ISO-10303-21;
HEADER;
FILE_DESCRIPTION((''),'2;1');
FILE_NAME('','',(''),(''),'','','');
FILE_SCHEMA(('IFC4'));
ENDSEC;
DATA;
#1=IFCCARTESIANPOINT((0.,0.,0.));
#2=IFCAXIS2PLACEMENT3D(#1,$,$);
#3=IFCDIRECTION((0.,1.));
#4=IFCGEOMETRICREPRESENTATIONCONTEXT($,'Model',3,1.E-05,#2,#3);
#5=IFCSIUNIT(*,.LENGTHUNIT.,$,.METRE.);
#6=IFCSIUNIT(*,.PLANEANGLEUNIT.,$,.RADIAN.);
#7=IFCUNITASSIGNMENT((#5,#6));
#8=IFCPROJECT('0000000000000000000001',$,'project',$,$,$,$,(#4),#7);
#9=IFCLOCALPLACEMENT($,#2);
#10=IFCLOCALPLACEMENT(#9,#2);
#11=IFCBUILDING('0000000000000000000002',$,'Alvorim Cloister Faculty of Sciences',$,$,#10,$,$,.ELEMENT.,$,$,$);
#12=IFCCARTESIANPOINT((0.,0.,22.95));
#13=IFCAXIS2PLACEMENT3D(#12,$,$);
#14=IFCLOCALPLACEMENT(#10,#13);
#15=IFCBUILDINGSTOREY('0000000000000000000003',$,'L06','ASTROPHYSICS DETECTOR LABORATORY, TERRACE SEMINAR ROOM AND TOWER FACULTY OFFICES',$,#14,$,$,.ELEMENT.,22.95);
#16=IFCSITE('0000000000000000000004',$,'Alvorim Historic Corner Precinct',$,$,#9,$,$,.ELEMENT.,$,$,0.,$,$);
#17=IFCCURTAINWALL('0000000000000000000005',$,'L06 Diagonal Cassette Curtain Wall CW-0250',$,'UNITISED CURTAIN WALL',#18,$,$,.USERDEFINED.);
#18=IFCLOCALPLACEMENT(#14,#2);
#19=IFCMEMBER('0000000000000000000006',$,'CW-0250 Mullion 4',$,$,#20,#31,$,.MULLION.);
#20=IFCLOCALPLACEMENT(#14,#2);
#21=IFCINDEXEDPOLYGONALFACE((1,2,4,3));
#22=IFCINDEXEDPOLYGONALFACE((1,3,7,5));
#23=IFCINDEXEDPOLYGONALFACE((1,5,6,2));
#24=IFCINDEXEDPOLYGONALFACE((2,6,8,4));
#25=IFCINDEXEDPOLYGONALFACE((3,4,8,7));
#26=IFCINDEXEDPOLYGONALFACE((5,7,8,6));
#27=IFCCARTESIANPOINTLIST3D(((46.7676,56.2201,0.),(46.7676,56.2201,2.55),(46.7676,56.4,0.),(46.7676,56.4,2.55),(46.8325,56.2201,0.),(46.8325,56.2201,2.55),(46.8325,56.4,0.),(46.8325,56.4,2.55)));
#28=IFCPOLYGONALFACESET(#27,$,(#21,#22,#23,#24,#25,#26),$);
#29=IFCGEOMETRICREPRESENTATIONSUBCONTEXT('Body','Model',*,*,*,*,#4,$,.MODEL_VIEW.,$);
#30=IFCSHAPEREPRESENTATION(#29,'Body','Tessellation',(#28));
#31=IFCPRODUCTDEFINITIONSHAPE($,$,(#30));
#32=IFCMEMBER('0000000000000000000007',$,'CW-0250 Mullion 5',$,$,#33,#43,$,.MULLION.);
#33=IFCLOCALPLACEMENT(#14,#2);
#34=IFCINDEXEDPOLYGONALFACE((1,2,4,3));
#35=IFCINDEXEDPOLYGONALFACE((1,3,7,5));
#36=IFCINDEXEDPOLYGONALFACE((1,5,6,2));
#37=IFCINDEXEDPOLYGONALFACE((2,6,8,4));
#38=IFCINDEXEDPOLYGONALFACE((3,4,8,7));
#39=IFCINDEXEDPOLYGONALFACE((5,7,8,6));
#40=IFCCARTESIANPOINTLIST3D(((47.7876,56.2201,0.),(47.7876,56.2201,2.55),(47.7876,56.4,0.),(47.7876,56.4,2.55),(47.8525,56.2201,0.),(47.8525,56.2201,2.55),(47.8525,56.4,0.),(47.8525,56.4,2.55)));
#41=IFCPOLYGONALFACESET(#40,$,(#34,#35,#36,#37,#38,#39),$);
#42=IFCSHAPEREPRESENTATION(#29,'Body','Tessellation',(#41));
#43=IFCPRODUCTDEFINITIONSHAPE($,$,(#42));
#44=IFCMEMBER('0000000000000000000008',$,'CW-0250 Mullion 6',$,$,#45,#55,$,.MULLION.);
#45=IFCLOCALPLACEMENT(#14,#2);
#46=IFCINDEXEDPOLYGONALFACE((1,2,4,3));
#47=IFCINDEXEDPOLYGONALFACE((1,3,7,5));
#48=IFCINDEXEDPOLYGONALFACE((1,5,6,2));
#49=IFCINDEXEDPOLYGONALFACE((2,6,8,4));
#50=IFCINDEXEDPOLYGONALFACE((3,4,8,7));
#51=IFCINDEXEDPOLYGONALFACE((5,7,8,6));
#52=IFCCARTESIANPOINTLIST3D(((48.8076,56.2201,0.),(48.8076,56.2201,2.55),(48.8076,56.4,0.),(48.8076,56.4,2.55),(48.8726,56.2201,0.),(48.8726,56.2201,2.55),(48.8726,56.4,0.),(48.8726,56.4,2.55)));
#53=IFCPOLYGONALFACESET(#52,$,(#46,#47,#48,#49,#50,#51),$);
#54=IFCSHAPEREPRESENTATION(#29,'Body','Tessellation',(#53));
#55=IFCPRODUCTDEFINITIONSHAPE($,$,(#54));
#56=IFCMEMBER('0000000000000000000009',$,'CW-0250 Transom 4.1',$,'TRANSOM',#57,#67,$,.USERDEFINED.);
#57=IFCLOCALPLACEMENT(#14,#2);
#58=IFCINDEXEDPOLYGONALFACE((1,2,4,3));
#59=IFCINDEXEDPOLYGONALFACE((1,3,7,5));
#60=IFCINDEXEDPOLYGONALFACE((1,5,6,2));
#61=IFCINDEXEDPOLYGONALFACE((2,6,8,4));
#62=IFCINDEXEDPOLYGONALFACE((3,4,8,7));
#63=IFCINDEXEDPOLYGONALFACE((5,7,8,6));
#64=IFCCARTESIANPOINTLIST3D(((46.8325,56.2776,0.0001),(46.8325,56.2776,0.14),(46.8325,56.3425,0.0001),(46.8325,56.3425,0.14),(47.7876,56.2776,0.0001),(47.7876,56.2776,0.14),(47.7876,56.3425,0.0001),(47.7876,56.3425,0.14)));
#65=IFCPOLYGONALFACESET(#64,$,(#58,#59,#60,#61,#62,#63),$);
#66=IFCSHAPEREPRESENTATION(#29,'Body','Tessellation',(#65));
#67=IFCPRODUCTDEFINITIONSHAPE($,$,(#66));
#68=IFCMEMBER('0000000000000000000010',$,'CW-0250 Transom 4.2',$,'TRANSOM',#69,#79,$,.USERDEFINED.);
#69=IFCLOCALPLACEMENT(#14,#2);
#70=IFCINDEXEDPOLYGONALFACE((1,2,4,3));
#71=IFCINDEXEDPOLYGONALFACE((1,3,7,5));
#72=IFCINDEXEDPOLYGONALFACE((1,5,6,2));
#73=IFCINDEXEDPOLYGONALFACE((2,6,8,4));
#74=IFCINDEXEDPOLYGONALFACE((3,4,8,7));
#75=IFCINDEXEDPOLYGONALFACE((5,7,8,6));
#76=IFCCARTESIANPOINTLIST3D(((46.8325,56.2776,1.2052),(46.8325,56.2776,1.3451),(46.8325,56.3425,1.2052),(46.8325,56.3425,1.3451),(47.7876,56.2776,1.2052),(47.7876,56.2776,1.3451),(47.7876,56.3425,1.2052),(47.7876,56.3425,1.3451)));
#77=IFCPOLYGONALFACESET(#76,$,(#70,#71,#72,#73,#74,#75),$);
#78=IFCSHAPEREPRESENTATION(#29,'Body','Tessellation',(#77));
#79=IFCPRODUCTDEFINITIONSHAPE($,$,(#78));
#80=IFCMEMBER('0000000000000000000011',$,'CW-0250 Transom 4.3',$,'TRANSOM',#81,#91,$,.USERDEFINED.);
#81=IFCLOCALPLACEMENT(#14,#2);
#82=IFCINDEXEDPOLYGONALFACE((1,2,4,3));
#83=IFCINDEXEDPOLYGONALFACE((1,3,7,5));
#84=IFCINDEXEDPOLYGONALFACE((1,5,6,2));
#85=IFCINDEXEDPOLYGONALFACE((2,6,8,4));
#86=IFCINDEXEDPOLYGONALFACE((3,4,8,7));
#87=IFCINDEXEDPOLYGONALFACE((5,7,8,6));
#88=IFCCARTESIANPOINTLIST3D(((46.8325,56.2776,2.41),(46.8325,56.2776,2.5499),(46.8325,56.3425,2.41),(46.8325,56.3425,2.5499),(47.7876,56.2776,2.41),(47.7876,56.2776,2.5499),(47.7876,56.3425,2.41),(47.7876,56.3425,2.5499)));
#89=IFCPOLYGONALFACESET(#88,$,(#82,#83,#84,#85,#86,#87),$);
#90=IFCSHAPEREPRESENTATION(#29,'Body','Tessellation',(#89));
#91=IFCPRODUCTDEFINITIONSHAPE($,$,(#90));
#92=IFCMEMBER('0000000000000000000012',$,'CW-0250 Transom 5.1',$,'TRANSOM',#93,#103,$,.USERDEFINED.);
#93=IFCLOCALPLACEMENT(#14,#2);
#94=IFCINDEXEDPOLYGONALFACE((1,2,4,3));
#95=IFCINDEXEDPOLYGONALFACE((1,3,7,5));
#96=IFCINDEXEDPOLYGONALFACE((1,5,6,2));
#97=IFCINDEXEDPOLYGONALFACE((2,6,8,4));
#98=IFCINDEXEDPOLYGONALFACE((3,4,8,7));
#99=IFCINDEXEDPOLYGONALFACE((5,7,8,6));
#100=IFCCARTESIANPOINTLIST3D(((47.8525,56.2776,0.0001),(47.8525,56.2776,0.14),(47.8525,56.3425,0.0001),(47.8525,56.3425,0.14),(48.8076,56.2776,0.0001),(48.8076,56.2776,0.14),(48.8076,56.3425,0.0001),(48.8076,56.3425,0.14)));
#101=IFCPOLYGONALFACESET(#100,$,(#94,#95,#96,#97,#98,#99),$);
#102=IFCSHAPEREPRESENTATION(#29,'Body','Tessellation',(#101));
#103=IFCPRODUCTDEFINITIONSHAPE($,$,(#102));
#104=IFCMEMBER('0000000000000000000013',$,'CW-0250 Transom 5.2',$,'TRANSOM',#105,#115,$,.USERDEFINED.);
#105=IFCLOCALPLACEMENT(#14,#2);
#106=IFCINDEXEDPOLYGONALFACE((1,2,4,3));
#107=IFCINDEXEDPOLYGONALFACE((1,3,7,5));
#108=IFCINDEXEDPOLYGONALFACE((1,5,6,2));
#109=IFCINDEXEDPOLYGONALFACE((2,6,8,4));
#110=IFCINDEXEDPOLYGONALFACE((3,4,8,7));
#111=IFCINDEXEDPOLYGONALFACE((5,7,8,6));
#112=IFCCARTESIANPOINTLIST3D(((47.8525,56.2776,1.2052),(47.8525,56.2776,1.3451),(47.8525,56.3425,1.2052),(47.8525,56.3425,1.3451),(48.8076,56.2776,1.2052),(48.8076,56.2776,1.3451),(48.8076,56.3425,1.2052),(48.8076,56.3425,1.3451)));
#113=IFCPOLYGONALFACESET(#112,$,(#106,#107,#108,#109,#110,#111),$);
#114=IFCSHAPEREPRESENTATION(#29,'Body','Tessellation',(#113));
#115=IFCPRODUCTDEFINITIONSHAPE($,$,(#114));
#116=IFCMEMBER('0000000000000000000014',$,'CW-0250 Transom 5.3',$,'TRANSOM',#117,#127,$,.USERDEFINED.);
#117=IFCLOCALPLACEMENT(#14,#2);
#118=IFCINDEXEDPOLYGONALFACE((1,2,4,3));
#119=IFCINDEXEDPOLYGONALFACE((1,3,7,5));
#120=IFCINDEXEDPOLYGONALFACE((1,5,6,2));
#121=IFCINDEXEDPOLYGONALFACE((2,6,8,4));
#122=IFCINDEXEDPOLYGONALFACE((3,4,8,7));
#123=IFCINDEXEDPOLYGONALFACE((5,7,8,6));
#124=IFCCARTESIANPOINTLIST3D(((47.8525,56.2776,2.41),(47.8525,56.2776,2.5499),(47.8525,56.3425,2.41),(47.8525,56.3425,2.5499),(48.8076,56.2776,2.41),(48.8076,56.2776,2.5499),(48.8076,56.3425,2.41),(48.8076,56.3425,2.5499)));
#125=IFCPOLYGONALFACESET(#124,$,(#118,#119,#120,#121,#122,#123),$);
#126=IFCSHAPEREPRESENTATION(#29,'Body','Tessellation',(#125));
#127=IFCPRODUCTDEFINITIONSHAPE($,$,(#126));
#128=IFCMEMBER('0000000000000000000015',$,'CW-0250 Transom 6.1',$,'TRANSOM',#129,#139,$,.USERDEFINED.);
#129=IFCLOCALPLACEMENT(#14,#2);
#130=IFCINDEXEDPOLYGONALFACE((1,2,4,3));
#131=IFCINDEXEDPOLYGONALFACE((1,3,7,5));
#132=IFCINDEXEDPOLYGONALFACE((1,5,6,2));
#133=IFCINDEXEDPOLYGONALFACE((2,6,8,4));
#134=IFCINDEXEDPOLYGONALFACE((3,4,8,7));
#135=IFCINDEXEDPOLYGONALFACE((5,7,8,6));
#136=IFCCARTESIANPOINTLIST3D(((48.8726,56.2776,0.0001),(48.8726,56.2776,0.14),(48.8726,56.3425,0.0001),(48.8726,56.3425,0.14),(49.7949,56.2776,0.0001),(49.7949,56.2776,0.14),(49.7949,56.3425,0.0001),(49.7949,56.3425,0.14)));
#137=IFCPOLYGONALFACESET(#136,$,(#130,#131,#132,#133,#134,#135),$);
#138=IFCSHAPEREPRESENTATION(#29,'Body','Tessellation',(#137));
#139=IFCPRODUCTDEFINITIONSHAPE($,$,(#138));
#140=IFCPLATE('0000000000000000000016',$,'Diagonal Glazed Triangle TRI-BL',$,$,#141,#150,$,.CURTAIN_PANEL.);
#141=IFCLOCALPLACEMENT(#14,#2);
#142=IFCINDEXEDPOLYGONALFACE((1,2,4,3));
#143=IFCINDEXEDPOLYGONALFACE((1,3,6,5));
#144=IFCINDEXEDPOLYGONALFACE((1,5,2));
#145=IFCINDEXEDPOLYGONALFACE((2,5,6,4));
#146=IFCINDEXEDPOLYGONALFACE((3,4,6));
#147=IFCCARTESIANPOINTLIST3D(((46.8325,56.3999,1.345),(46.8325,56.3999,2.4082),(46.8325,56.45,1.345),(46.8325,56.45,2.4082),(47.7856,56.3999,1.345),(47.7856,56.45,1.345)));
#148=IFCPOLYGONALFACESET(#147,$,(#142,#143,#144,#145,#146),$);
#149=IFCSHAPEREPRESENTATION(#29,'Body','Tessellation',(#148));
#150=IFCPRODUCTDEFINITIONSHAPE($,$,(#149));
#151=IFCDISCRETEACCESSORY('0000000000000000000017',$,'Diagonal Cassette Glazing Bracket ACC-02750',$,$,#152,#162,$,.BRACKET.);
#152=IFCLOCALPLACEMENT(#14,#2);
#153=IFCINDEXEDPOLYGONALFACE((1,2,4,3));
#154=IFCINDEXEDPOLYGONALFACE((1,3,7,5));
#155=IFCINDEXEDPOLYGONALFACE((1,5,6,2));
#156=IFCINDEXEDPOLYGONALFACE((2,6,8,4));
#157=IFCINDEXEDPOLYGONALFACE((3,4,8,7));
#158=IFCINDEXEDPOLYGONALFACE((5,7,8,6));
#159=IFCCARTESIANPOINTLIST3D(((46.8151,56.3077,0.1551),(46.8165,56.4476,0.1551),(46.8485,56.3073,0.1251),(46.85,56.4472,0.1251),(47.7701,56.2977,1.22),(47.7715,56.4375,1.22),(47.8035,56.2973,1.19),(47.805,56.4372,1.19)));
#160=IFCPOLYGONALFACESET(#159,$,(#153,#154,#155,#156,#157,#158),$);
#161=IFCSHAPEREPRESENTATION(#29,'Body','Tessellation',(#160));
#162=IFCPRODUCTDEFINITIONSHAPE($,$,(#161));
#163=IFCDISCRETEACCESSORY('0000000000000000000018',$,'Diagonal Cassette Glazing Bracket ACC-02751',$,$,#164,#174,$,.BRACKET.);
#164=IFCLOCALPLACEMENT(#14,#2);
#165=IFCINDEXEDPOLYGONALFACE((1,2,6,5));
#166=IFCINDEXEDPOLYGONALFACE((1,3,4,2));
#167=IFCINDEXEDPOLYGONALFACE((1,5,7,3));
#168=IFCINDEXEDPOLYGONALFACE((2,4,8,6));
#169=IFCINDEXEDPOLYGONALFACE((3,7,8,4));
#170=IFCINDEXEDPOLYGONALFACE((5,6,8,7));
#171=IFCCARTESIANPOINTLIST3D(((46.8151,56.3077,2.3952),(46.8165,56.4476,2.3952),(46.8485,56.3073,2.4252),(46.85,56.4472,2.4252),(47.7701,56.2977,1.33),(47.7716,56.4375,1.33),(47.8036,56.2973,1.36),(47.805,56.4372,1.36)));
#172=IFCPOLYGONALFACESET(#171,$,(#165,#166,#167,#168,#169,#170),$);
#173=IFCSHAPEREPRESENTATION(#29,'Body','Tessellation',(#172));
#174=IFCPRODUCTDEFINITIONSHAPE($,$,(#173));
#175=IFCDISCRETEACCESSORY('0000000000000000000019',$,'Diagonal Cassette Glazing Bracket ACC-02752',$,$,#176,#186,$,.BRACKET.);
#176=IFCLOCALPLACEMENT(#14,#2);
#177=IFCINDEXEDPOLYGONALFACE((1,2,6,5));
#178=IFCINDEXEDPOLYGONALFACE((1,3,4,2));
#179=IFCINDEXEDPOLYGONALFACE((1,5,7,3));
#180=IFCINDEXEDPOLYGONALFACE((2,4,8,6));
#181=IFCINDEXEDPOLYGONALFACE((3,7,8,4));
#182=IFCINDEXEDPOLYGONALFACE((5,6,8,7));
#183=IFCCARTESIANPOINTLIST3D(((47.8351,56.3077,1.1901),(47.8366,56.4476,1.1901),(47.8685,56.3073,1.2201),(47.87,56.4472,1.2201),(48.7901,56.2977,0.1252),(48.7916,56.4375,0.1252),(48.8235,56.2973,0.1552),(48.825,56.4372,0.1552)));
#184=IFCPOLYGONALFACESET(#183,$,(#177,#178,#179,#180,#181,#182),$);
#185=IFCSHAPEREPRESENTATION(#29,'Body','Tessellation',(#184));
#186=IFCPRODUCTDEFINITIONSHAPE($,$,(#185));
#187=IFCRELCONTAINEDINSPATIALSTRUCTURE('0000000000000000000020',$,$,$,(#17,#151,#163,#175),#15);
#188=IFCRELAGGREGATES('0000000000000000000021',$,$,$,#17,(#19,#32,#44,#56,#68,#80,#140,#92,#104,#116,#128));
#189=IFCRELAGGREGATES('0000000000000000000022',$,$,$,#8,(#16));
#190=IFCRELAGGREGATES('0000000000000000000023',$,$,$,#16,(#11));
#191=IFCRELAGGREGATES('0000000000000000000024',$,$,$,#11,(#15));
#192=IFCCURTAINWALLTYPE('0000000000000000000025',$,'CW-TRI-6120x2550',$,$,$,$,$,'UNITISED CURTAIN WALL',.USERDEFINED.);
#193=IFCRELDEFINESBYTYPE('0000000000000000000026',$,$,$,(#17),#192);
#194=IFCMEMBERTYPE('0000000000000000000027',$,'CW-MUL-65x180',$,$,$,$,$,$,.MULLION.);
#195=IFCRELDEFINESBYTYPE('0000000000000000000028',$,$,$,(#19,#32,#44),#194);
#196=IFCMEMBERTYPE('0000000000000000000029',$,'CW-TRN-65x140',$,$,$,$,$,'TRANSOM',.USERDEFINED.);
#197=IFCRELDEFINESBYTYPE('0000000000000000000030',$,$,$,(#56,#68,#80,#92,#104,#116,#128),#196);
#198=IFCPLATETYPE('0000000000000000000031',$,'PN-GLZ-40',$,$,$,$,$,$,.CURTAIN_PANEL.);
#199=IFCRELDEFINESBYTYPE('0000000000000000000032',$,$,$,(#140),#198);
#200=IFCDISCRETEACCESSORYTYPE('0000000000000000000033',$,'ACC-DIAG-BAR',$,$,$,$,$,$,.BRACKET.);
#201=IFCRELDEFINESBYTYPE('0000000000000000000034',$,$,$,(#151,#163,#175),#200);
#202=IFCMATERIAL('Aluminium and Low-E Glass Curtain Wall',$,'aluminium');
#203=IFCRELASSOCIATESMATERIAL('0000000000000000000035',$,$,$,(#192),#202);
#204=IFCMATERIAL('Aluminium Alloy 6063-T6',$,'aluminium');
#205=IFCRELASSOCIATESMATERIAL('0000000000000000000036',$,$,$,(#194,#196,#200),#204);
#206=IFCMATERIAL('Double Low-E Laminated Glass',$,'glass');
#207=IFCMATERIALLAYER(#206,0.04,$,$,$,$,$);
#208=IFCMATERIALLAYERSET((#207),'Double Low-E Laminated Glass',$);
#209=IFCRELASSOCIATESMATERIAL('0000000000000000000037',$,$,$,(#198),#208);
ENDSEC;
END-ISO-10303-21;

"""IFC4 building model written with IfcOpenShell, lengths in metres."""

from ifc_helpers import new_model, si_unit, direction, frame, origin, origin_2d, place, context, subcontext, project, spatial, polyline, rectangle, outline, extrude, material, layer, layer_set, material_profile, profile_set, type_object, element, aggregate, save


model = new_model("IFC4")

# Units and contexts
model_context = context("Model", 3, precision=1e-05, world=origin(), true_north=direction((0.0, 1.0)))
body_context = subcontext(model_context, "Body", "Model", "MODEL_VIEW")
ifc_project = project(units=[si_unit("LENGTHUNIT", "METRE"), si_unit("PLANEANGLEUNIT", "RADIAN")], contexts=[model_context])

# Site, building, storey
site_placement = place(None, origin())
site = spatial("IfcSite", under=ifc_project, at=site_placement, Name="Alvorim Historic Corner Precinct", CompositionType="ELEMENT", RefElevation=0.0)
building_placement = place(site_placement, origin())
building = spatial("IfcBuilding", under=site, at=building_placement, Name="Alvorim Cloister Faculty of Sciences", CompositionType="ELEMENT")
storey_placement = place(building_placement, frame((0.0, 0.0, 22.95)))
storey = spatial("IfcBuildingStorey", under=building, at=storey_placement, Name="L06", Description="ASTROPHYSICS DETECTOR LABORATORY, TERRACE SEMINAR ROOM AND TOWER FACULTY OFFICES", CompositionType="ELEMENT", Elevation=22.95)

# Curtain wall, members, plate
ifc_material_1 = material(Name="Aluminium and Low-E Glass Curtain Wall", Category="aluminium")
curtain_wall_type = type_object("IfcCurtainWallType", Name="CW-TRI-6120x2550", ElementType="UNITISED CURTAIN WALL", PredefinedType="USERDEFINED", material=ifc_material_1)
curtain_wall_placement = place(storey_placement, origin())
curtain_wall = element("IfcCurtainWall", 1, at=curtain_wall_placement, inside=storey, type_object=curtain_wall_type, Name="L06 Diagonal Cassette Curtain Wall CW-0250", ObjectType="UNITISED CURTAIN WALL", PredefinedType="USERDEFINED")
ifc_material_2 = material(Name="Aluminium Alloy 6063-T6", Category="aluminium")
ifc_material_profile_1 = material_profile(ifc_material_2, rectangle(XDim=0.0649, YDim=0.1799, at=origin_2d()), Name="ALU-MUL-65x180")
ifc_profile_set_1 = profile_set([ifc_material_profile_1], Name="Aluminium Alloy 6063-T6")
member_type_1 = type_object("IfcMemberType", Name="CW-MUL-65x180", PredefinedType="MULLION", material=ifc_profile_set_1)
member_1_placement = place(storey_placement, frame((46.8, 56.3101, 0.0), z_axis=(0.0, 0.0, 1.0), x_axis=(1.0, 0.0, 0.0)))
member_1 = element("IfcMember", 2, at=member_1_placement, type_object=member_type_1, Name="CW-0250 Mullion 4", PredefinedType="MULLION", context=body_context, shape_type="SweptSolid", body=[
    extrude(rectangle(XDim=0.0649, YDim=0.1799, at=origin_2d()), origin(), (0.0, 0.0, 1.0), 2.55),
])
member_2_placement = place(storey_placement, frame((47.8201, 56.3101, 0.0), z_axis=(0.0, 0.0, 1.0), x_axis=(1.0, 0.0, 0.0)))
member_2 = element("IfcMember", 3, at=member_2_placement, type_object=member_type_1, Name="CW-0250 Mullion 5", PredefinedType="MULLION", context=body_context, shape_type="SweptSolid", body=[
    extrude(rectangle(XDim=0.0649, YDim=0.1799, at=origin_2d()), origin(), (0.0, 0.0, 1.0), 2.55),
])
member_3_placement = place(storey_placement, frame((48.8401, 56.3101, 0.0), z_axis=(0.0, 0.0, 1.0), x_axis=(1.0, 0.0, 0.0)))
member_3 = element("IfcMember", 4, at=member_3_placement, type_object=member_type_1, Name="CW-0250 Mullion 6", PredefinedType="MULLION", context=body_context, shape_type="SweptSolid", body=[
    extrude(rectangle(XDim=0.0649, YDim=0.1799, at=origin_2d()), origin(), (0.0, 0.0, 1.0), 2.55),
])
ifc_material_profile_2 = material_profile(ifc_material_2, rectangle(XDim=0.0649, YDim=0.1399, at=origin_2d()), Name="ALU-TRN-65x140")
ifc_profile_set_2 = profile_set([ifc_material_profile_2], Name="Aluminium Alloy 6063-T6")
member_type_2 = type_object("IfcMemberType", Name="CW-TRN-65x140", ElementType="TRANSOM", PredefinedType="USERDEFINED", material=ifc_profile_set_2)
member_4_placement = place(storey_placement, frame((46.8325, 56.3101, 0.0701), z_axis=(1.0, 0.0, 0.0), x_axis=(0.0, 1.0, 0.0)))
member_4 = element("IfcMember", 5, at=member_4_placement, type_object=member_type_2, Name="CW-0250 Transom 4.1", ObjectType="TRANSOM", PredefinedType="USERDEFINED", context=body_context, shape_type="SweptSolid", body=[
    extrude(rectangle(XDim=0.0649, YDim=0.1399, at=origin_2d()), origin(), (0.0, 0.0, 1.0), 0.9551),
])
member_5_placement = place(storey_placement, frame((46.8325, 56.3101, 1.2751), z_axis=(1.0, 0.0, 0.0), x_axis=(0.0, 1.0, 0.0)))
member_5 = element("IfcMember", 6, at=member_5_placement, type_object=member_type_2, Name="CW-0250 Transom 4.2", ObjectType="TRANSOM", PredefinedType="USERDEFINED", context=body_context, shape_type="SweptSolid", body=[
    extrude(rectangle(XDim=0.0649, YDim=0.1399, at=origin_2d()), origin(), (0.0, 0.0, 1.0), 0.9551),
])
member_6_placement = place(storey_placement, frame((46.8325, 56.3101, 2.48), z_axis=(1.0, 0.0, 0.0), x_axis=(0.0, 1.0, 0.0)))
member_6 = element("IfcMember", 7, at=member_6_placement, type_object=member_type_2, Name="CW-0250 Transom 4.3", ObjectType="TRANSOM", PredefinedType="USERDEFINED", context=body_context, shape_type="SweptSolid", body=[
    extrude(rectangle(XDim=0.0649, YDim=0.1399, at=origin_2d()), origin(), (0.0, 0.0, 1.0), 0.9551),
])
member_7_placement = place(storey_placement, frame((47.8525, 56.3101, 0.0701), z_axis=(1.0, 0.0, 0.0), x_axis=(0.0, 1.0, 0.0)))
member_7 = element("IfcMember", 8, at=member_7_placement, type_object=member_type_2, Name="CW-0250 Transom 5.1", ObjectType="TRANSOM", PredefinedType="USERDEFINED", context=body_context, shape_type="SweptSolid", body=[
    extrude(rectangle(XDim=0.0649, YDim=0.1399, at=origin_2d()), origin(), (0.0, 0.0, 1.0), 0.9551),
])
member_8_placement = place(storey_placement, frame((47.8525, 56.3101, 1.2751), z_axis=(1.0, 0.0, 0.0), x_axis=(0.0, 1.0, 0.0)))
member_8 = element("IfcMember", 9, at=member_8_placement, type_object=member_type_2, Name="CW-0250 Transom 5.2", ObjectType="TRANSOM", PredefinedType="USERDEFINED", context=body_context, shape_type="SweptSolid", body=[
    extrude(rectangle(XDim=0.0649, YDim=0.1399, at=origin_2d()), origin(), (0.0, 0.0, 1.0), 0.9551),
])
member_9_placement = place(storey_placement, frame((47.8525, 56.3101, 2.48), z_axis=(1.0, 0.0, 0.0), x_axis=(0.0, 1.0, 0.0)))
member_9 = element("IfcMember", 10, at=member_9_placement, type_object=member_type_2, Name="CW-0250 Transom 5.3", ObjectType="TRANSOM", PredefinedType="USERDEFINED", context=body_context, shape_type="SweptSolid", body=[
    extrude(rectangle(XDim=0.0649, YDim=0.1399, at=origin_2d()), origin(), (0.0, 0.0, 1.0), 0.9551),
])
member_10_placement = place(storey_placement, frame((48.8726, 56.3101, 0.0701), z_axis=(1.0, 0.0, 0.0), x_axis=(0.0, 1.0, 0.0)))
member_10 = element("IfcMember", 11, at=member_10_placement, type_object=member_type_2, Name="CW-0250 Transom 6.1", ObjectType="TRANSOM", PredefinedType="USERDEFINED", context=body_context, shape_type="SweptSolid", body=[
    extrude(rectangle(XDim=0.0649, YDim=0.1399, at=origin_2d()), origin(), (0.0, 0.0, 1.0), 0.9224),
])
ifc_material_3 = material(Name="Double Low-E Laminated Glass", Category="glass")
ifc_layer = layer(ifc_material_3, 0.04)
ifc_layer_set = layer_set([ifc_layer], Name="Double Low-E Laminated Glass")
plate_type = type_object("IfcPlateType", Name="PN-GLZ-40", PredefinedType="CURTAIN_PANEL", material=ifc_layer_set)
plate_1_placement = place(storey_placement, frame((46.8325, 56.425, 1.345), z_axis=(0.0, 0.0, 1.0), x_axis=(1.0, 0.0, 0.0)))
plate_1 = element("IfcPlate", 12, at=plate_1_placement, type_object=plate_type, Name="Diagonal Glazed Triangle TRI-BL", PredefinedType="CURTAIN_PANEL", context=body_context, shape_type="SweptSolid", body=[
    extrude(outline(polyline([(0.0, 0.0), (0.9531, 0.0), (0.0, 1.0632), (0.0, 0.0)])), frame((0.0, 0.0249, 0.0), z_axis=(0.0, -1.0, 0.0), x_axis=(1.0, 0.0, 0.0)), (0.0, 0.0, 1.0), 0.05),
])
aggregate(curtain_wall, [member_1, member_2, member_3, member_4, member_5, member_6, plate_1, member_7, member_8, member_9, member_10])

# Discrete accessories
discrete_accessory_type = type_object("IfcDiscreteAccessoryType", Name="ACC-DIAG-BAR", PredefinedType="BRACKET", material=ifc_material_2)
discrete_accessory_1_placement = place(storey_placement, frame((46.8325, 56.3774, 0.1401), z_axis=(0.667646, -0.006997, 0.744446), x_axis=(0.01048, 0.999945, 0.0)))
element("IfcDiscreteAccessory", 13, at=discrete_accessory_1_placement, inside=storey, type_object=discrete_accessory_type, Name="Diagonal Cassette Glazing Bracket ACC-02750", PredefinedType="BRACKET", context=body_context, shape_type="SweptSolid", body=[
    extrude(rectangle(XDim=0.1399, YDim=0.0449, at=origin_2d()), origin(), (0.0, 0.0, 1.0), 1.4304),
])
discrete_accessory_2_placement = place(storey_placement, frame((46.8325, 56.3774, 2.4102), z_axis=(0.667561, -0.006996, -0.744522), x_axis=(0.01048, 0.999945, 0.0)))
element("IfcDiscreteAccessory", 14, at=discrete_accessory_2_placement, inside=storey, type_object=discrete_accessory_type, Name="Diagonal Cassette Glazing Bracket ACC-02751", PredefinedType="BRACKET", context=body_context, shape_type="SweptSolid", body=[
    extrude(rectangle(XDim=0.1399, YDim=0.0449, at=origin_2d()), origin(), (0.0, 0.0, 1.0), 1.4307),
])
discrete_accessory_3_placement = place(storey_placement, frame((47.8525, 56.3774, 1.2051), z_axis=(0.667646, -0.006997, -0.744446), x_axis=(0.01048, 0.999945, 0.0)))
element("IfcDiscreteAccessory", 15, at=discrete_accessory_3_placement, inside=storey, type_object=discrete_accessory_type, Name="Diagonal Cassette Glazing Bracket ACC-02752", PredefinedType="BRACKET", context=body_context, shape_type="SweptSolid", body=[
    extrude(rectangle(XDim=0.1399, YDim=0.0449, at=origin_2d()), origin(), (0.0, 0.0, 1.0), 1.4304),
])

save(model, "model.ifc")
